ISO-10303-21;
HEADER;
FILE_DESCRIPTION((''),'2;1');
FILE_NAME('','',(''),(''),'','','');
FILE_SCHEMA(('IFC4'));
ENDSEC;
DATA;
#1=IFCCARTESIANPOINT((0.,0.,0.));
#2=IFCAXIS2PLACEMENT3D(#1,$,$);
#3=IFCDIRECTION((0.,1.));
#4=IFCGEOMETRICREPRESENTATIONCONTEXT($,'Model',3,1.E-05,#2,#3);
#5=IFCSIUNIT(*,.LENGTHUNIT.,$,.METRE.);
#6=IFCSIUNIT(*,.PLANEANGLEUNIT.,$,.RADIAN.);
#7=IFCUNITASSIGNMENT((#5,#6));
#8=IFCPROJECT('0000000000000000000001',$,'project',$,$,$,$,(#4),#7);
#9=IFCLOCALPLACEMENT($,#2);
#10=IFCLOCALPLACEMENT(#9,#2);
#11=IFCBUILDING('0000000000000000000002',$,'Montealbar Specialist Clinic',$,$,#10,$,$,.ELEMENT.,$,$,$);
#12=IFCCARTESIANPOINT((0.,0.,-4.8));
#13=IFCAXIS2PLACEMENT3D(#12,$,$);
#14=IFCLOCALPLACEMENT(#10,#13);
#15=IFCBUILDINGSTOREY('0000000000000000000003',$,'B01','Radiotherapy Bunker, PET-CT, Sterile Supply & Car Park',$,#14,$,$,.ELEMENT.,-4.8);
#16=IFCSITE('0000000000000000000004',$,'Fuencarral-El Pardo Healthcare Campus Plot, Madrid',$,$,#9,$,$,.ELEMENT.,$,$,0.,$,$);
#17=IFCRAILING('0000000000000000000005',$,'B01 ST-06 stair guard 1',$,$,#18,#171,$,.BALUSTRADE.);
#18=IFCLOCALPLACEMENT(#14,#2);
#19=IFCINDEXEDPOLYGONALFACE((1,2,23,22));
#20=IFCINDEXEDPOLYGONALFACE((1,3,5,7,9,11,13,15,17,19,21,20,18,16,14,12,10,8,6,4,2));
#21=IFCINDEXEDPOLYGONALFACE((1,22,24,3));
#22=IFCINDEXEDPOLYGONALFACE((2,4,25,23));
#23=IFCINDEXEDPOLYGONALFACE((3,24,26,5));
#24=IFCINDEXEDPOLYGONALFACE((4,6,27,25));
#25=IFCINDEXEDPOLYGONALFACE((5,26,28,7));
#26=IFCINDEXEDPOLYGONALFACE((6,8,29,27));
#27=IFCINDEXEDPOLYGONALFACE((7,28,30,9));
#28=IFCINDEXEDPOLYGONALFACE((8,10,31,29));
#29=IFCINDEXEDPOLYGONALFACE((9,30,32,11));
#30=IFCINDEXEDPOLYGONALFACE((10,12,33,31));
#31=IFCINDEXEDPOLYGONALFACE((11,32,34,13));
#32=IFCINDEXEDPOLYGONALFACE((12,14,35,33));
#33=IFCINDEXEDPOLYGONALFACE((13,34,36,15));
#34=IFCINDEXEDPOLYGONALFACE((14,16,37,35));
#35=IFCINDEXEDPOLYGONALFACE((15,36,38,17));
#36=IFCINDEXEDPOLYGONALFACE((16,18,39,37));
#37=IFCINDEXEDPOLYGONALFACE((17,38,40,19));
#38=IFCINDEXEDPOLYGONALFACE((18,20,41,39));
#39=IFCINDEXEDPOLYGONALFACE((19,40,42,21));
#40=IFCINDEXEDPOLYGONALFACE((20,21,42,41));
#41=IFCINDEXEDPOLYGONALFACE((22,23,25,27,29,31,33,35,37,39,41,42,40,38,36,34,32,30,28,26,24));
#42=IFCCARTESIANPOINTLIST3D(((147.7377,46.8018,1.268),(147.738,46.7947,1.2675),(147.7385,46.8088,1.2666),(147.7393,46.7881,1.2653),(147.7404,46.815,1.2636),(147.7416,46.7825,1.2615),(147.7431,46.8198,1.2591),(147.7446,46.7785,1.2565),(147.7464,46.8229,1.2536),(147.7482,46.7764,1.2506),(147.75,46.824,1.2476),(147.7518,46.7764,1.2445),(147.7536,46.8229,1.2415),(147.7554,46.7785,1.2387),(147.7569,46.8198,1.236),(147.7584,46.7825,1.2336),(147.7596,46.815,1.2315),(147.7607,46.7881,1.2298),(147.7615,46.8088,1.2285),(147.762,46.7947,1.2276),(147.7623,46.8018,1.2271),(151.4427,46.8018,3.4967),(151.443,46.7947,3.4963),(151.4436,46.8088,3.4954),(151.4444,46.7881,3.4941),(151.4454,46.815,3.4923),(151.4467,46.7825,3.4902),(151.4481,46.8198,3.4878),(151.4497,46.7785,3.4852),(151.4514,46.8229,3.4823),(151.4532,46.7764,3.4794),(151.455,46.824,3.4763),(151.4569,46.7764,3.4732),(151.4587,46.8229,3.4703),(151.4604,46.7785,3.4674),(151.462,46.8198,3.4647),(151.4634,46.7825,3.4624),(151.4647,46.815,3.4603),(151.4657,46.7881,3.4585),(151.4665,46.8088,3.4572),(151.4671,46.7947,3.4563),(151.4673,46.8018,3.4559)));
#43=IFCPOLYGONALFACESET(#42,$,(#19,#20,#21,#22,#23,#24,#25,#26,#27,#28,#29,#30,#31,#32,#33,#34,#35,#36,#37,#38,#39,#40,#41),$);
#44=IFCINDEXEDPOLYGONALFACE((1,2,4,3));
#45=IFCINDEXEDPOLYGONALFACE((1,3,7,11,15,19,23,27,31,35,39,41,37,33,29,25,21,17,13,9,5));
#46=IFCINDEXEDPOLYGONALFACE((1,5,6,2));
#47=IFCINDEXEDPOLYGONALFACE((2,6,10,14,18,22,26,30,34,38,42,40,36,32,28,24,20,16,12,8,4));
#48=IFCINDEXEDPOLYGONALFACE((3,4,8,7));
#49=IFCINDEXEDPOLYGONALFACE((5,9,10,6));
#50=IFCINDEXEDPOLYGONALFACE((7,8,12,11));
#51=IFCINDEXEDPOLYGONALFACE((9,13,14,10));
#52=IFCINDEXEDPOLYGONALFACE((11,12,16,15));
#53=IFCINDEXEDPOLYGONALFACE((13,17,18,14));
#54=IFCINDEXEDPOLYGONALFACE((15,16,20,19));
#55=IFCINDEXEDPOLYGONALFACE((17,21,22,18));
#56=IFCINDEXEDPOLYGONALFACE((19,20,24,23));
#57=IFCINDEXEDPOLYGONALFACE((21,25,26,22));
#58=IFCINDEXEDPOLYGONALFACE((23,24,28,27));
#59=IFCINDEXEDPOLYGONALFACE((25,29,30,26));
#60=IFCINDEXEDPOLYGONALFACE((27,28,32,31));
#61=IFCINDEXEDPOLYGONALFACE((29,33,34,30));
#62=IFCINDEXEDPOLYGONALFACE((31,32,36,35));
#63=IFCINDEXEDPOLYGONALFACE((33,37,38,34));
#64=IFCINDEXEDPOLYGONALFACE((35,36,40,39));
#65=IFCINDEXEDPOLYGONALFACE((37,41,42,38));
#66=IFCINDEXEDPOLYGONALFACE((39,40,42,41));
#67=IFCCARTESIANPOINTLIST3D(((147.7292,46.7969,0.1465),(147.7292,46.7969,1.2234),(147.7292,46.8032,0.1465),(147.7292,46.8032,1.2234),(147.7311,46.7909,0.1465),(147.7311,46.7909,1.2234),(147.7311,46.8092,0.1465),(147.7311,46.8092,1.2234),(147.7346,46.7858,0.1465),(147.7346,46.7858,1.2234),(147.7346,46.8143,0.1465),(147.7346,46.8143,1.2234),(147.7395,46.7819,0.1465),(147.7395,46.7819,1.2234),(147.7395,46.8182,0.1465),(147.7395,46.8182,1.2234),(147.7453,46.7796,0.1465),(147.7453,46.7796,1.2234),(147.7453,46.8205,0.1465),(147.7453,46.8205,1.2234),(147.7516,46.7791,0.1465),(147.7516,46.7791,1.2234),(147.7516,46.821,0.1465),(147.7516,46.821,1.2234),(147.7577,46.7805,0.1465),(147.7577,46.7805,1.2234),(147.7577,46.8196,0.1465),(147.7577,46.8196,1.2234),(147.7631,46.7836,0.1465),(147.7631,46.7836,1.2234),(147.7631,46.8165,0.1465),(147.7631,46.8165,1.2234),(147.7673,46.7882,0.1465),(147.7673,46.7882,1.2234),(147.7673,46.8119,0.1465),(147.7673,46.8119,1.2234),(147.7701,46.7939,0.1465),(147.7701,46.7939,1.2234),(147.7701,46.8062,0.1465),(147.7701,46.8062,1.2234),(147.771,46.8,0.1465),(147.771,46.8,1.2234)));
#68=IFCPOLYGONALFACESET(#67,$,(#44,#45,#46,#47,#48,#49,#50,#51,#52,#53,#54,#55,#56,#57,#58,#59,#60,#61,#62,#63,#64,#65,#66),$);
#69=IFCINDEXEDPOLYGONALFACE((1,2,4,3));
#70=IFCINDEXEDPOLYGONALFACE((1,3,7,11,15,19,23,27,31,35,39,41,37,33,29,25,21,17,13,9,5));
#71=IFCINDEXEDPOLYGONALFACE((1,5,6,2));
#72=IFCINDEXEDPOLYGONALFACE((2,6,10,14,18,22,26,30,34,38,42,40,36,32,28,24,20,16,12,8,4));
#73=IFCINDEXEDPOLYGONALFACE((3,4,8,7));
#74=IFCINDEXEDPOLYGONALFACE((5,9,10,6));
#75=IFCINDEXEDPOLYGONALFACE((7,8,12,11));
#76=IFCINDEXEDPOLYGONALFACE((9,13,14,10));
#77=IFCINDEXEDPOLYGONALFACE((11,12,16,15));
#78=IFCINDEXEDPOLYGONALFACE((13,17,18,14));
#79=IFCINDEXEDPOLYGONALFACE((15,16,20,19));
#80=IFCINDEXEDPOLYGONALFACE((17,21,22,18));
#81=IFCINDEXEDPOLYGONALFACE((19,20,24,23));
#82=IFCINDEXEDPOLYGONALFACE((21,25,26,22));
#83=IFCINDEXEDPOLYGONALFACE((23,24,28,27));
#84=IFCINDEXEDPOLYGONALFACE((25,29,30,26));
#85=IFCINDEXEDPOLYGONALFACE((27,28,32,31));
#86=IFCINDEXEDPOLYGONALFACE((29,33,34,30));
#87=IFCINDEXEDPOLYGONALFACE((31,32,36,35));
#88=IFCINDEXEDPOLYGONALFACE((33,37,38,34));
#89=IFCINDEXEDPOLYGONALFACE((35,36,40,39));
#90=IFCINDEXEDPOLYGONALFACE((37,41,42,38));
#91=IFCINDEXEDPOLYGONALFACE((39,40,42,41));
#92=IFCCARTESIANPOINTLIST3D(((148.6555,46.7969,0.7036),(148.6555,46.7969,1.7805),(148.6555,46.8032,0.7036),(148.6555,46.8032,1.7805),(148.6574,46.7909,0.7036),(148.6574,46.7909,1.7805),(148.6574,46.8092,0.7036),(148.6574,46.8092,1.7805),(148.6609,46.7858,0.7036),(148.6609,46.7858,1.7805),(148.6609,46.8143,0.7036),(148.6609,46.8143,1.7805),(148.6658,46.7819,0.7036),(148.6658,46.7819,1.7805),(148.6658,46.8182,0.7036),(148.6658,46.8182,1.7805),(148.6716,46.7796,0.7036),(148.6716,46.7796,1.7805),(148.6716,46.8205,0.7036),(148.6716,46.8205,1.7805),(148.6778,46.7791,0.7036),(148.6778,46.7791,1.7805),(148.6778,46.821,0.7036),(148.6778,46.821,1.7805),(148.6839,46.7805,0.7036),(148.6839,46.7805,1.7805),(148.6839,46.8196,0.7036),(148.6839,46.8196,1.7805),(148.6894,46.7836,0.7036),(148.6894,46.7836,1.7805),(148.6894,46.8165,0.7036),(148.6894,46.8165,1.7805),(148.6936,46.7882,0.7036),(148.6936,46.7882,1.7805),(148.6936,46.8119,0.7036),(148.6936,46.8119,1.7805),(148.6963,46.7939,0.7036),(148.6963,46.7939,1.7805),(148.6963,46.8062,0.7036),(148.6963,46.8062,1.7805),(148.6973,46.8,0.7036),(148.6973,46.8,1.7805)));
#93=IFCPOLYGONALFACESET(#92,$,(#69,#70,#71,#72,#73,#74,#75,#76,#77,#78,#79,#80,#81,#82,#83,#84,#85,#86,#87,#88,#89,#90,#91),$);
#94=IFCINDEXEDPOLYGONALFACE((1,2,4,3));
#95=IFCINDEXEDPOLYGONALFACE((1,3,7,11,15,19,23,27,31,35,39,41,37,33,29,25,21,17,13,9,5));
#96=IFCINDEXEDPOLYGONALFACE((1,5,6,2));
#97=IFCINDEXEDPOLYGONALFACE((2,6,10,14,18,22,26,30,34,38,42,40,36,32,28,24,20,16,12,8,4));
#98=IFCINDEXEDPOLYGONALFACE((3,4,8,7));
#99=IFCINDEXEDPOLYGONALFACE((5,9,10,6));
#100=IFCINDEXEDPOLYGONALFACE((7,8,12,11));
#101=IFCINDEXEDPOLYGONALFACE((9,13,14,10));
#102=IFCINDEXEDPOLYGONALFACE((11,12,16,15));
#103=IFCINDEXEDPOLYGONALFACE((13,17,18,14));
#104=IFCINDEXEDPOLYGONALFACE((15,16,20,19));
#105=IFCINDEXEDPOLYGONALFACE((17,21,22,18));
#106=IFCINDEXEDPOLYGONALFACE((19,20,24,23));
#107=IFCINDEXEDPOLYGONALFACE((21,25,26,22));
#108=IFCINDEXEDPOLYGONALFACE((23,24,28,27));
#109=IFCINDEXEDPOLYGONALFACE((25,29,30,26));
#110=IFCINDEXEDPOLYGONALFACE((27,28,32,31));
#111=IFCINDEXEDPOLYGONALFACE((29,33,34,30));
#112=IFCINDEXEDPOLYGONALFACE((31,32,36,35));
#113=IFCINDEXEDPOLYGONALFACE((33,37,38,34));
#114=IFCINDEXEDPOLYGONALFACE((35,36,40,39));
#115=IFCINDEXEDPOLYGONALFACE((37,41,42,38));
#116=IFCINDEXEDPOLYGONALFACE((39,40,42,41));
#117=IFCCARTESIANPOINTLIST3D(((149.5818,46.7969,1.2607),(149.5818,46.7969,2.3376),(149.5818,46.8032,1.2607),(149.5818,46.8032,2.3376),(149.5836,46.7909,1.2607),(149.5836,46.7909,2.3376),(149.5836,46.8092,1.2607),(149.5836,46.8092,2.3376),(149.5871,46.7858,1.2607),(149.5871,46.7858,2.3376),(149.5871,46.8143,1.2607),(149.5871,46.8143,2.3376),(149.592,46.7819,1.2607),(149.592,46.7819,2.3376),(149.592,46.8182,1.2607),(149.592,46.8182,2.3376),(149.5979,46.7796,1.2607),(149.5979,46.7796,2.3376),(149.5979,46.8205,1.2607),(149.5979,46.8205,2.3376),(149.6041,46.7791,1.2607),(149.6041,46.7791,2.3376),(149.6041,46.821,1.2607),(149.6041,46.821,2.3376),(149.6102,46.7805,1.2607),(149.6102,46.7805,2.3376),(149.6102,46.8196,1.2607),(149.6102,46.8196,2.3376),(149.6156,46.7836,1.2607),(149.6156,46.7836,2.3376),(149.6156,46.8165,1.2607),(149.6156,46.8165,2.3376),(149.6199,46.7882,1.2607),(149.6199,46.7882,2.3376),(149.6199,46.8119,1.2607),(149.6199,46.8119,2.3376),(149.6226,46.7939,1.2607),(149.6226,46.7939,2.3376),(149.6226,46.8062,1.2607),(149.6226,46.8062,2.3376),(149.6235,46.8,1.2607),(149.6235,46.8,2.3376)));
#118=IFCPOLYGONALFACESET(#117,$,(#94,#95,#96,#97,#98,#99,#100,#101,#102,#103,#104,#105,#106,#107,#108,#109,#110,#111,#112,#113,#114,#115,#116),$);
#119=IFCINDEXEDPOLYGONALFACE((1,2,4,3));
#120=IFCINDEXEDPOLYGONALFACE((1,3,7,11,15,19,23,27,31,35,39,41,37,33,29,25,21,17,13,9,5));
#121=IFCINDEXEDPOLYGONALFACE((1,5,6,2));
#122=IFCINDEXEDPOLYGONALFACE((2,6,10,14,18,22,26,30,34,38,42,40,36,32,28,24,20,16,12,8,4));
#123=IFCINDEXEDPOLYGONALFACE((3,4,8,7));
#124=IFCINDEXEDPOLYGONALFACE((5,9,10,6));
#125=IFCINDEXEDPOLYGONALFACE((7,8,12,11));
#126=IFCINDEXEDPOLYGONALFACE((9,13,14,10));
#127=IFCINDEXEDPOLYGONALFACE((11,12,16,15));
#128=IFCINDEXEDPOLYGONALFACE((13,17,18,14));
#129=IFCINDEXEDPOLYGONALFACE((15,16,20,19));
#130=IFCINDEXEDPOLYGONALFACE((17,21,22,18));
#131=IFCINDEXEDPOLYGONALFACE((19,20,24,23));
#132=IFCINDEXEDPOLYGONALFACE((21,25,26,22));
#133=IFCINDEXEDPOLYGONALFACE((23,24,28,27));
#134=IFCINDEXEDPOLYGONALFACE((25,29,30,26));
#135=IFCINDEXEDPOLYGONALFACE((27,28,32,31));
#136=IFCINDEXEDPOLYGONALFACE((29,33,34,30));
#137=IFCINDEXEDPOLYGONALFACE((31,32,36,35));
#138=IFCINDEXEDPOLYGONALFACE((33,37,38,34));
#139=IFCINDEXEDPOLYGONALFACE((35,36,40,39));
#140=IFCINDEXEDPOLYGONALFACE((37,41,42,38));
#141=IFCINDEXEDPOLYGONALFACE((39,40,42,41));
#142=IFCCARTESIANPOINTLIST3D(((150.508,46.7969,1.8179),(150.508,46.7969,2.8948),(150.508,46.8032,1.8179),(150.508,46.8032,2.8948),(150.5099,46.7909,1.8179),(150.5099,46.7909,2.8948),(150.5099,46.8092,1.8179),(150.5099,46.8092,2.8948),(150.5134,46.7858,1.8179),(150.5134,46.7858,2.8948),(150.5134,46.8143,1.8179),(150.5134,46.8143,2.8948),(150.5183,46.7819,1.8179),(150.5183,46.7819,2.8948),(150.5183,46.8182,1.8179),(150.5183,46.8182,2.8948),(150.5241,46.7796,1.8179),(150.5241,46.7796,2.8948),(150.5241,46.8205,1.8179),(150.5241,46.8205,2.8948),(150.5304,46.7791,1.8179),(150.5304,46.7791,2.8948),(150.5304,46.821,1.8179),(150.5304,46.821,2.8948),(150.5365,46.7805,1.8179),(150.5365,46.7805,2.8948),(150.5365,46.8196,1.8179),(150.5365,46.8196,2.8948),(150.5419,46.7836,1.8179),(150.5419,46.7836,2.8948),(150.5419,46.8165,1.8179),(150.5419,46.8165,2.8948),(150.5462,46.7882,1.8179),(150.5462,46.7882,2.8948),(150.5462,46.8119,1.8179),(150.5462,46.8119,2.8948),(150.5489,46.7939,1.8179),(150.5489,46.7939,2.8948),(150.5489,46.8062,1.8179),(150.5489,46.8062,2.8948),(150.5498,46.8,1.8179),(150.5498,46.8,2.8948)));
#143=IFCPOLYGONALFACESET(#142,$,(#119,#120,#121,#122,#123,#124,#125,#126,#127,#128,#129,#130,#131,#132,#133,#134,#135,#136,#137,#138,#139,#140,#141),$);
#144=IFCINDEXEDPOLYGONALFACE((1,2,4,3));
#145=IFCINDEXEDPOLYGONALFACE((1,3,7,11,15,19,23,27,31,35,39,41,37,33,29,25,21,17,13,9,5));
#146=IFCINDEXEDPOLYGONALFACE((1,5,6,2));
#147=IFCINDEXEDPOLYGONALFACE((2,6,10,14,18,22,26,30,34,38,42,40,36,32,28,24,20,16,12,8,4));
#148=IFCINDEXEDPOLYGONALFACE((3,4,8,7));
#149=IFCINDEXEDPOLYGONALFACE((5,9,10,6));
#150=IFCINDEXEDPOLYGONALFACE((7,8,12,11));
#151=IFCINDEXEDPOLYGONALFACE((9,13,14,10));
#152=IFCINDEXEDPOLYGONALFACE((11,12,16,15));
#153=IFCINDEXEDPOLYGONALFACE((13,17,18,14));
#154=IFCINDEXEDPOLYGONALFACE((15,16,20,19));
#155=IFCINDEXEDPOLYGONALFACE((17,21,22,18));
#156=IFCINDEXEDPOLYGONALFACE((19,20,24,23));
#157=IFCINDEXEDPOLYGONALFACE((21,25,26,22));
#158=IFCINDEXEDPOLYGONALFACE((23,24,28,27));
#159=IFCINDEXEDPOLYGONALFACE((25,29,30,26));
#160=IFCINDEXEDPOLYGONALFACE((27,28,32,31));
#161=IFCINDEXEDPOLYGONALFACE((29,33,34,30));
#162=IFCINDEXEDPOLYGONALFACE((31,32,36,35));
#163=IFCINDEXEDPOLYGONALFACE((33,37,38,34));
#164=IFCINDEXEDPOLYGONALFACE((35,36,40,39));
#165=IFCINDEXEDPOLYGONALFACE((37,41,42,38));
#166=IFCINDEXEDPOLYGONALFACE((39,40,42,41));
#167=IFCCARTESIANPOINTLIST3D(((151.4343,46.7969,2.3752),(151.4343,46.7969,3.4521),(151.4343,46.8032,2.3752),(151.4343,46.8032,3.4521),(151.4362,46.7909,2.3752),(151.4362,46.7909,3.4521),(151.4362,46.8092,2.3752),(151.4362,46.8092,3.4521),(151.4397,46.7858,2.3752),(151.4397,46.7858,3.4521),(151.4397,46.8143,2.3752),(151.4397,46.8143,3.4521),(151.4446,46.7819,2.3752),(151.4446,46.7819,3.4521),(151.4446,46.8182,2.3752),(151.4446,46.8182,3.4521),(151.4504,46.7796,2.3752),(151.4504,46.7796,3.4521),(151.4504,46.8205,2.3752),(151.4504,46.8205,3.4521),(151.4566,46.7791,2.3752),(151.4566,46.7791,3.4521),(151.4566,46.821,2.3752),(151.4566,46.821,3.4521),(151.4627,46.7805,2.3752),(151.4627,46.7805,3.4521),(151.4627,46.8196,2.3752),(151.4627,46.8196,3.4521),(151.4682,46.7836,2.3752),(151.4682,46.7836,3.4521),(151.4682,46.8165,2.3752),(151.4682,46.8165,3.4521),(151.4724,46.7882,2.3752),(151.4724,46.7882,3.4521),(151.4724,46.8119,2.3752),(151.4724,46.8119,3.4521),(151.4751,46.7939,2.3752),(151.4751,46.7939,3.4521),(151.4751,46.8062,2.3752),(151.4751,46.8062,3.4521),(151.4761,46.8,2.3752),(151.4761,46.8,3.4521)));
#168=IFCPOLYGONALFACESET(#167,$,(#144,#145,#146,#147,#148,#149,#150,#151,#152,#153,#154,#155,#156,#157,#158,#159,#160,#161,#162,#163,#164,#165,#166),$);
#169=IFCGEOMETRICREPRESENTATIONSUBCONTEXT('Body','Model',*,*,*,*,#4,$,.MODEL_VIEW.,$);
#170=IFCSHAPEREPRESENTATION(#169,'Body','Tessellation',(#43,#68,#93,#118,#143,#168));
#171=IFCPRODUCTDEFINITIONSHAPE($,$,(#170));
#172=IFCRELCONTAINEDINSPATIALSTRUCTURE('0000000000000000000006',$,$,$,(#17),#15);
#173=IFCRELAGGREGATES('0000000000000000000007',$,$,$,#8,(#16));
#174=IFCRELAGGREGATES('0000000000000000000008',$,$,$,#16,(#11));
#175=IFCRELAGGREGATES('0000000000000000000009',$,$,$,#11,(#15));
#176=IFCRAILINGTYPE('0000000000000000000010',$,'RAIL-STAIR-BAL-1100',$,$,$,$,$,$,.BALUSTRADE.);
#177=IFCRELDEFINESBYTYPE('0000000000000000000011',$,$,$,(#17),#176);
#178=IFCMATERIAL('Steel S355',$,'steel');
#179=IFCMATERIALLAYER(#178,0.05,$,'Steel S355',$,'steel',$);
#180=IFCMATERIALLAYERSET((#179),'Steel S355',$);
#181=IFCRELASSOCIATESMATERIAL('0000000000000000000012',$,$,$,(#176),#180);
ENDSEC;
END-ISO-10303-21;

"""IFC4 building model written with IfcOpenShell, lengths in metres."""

from ifc_helpers import new_model, si_unit, direction, frame, origin, origin_2d, place, context, subcontext, project, spatial, circle, extrude, material, layer, layer_set, type_object, element, save


model = new_model("IFC4")

# Units and contexts
model_context = context("Model", 3, precision=1e-05, world=origin(), true_north=direction((0.0, 1.0)))
body_context = subcontext(model_context, "Body", "Model", "MODEL_VIEW")
ifc_project = project(units=[si_unit("LENGTHUNIT", "METRE"), si_unit("PLANEANGLEUNIT", "RADIAN")], contexts=[model_context])

# Site, building, storey
site_placement = place(None, origin())
site = spatial("IfcSite", under=ifc_project, at=site_placement, Name="Fuencarral-El Pardo Healthcare Campus Plot, Madrid", CompositionType="ELEMENT", RefElevation=0.0)
building_placement = place(site_placement, origin())
building = spatial("IfcBuilding", under=site, at=building_placement, Name="Montealbar Specialist Clinic", CompositionType="ELEMENT")
storey_placement = place(building_placement, frame((0.0, 0.0, -4.8)))
storey = spatial("IfcBuildingStorey", under=building, at=storey_placement, Name="B01", Description="Radiotherapy Bunker, PET-CT, Sterile Supply & Car Park", CompositionType="ELEMENT", Elevation=-4.8)

# Shared definitions
ifc_material_1 = material(Name="Steel S355", Category="steel")

# Railing
ifc_layer_1 = layer(ifc_material_1, 0.05, Name="Steel S355", Category="steel")
ifc_layer_set_1 = layer_set([ifc_layer_1], Name="Steel S355")
railing_type_1 = type_object("IfcRailingType", Name="RAIL-STAIR-BAL-1100", PredefinedType="BALUSTRADE", material=ifc_layer_set_1)
railing_1_placement = place(storey_placement, frame((147.75, 46.8, 0.1714)))
element("IfcRailing", 1, at=railing_1_placement, inside=storey, type_object=railing_type_1, Name="B01 ST-06 stair guard 1", PredefinedType="BALUSTRADE", context=body_context, shape_type="SweptSolid", body=[
    extrude(circle(Radius=0.0239, at=origin_2d()), frame((0.0, 0.0, 1.0762), z_axis=(0.856909, 0.0, 0.515467), x_axis=(0.0, 1.0, 0.0)), (0.0, 0.0, 1.0), 4.3237),
    extrude(circle(Radius=0.021, at=origin_2d()), frame((0.0, 0.0, -0.0249)), (0.0, 0.0, 1.0), 1.0769),
    extrude(circle(Radius=0.021, at=origin_2d()), frame((0.9263, 0.0, 0.5322)), (0.0, 0.0, 1.0), 1.0769),
    extrude(circle(Radius=0.021, at=origin_2d()), frame((1.8525, 0.0, 1.0894)), (0.0, 0.0, 1.0), 1.0769),
    extrude(circle(Radius=0.021, at=origin_2d()), frame((2.7788, 0.0, 1.6465)), (0.0, 0.0, 1.0), 1.0769),
    extrude(circle(Radius=0.021, at=origin_2d()), frame((3.7051, 0.0, 2.2039)), (0.0, 0.0, 1.0), 1.0769),
])

save(model, "model.ifc")
